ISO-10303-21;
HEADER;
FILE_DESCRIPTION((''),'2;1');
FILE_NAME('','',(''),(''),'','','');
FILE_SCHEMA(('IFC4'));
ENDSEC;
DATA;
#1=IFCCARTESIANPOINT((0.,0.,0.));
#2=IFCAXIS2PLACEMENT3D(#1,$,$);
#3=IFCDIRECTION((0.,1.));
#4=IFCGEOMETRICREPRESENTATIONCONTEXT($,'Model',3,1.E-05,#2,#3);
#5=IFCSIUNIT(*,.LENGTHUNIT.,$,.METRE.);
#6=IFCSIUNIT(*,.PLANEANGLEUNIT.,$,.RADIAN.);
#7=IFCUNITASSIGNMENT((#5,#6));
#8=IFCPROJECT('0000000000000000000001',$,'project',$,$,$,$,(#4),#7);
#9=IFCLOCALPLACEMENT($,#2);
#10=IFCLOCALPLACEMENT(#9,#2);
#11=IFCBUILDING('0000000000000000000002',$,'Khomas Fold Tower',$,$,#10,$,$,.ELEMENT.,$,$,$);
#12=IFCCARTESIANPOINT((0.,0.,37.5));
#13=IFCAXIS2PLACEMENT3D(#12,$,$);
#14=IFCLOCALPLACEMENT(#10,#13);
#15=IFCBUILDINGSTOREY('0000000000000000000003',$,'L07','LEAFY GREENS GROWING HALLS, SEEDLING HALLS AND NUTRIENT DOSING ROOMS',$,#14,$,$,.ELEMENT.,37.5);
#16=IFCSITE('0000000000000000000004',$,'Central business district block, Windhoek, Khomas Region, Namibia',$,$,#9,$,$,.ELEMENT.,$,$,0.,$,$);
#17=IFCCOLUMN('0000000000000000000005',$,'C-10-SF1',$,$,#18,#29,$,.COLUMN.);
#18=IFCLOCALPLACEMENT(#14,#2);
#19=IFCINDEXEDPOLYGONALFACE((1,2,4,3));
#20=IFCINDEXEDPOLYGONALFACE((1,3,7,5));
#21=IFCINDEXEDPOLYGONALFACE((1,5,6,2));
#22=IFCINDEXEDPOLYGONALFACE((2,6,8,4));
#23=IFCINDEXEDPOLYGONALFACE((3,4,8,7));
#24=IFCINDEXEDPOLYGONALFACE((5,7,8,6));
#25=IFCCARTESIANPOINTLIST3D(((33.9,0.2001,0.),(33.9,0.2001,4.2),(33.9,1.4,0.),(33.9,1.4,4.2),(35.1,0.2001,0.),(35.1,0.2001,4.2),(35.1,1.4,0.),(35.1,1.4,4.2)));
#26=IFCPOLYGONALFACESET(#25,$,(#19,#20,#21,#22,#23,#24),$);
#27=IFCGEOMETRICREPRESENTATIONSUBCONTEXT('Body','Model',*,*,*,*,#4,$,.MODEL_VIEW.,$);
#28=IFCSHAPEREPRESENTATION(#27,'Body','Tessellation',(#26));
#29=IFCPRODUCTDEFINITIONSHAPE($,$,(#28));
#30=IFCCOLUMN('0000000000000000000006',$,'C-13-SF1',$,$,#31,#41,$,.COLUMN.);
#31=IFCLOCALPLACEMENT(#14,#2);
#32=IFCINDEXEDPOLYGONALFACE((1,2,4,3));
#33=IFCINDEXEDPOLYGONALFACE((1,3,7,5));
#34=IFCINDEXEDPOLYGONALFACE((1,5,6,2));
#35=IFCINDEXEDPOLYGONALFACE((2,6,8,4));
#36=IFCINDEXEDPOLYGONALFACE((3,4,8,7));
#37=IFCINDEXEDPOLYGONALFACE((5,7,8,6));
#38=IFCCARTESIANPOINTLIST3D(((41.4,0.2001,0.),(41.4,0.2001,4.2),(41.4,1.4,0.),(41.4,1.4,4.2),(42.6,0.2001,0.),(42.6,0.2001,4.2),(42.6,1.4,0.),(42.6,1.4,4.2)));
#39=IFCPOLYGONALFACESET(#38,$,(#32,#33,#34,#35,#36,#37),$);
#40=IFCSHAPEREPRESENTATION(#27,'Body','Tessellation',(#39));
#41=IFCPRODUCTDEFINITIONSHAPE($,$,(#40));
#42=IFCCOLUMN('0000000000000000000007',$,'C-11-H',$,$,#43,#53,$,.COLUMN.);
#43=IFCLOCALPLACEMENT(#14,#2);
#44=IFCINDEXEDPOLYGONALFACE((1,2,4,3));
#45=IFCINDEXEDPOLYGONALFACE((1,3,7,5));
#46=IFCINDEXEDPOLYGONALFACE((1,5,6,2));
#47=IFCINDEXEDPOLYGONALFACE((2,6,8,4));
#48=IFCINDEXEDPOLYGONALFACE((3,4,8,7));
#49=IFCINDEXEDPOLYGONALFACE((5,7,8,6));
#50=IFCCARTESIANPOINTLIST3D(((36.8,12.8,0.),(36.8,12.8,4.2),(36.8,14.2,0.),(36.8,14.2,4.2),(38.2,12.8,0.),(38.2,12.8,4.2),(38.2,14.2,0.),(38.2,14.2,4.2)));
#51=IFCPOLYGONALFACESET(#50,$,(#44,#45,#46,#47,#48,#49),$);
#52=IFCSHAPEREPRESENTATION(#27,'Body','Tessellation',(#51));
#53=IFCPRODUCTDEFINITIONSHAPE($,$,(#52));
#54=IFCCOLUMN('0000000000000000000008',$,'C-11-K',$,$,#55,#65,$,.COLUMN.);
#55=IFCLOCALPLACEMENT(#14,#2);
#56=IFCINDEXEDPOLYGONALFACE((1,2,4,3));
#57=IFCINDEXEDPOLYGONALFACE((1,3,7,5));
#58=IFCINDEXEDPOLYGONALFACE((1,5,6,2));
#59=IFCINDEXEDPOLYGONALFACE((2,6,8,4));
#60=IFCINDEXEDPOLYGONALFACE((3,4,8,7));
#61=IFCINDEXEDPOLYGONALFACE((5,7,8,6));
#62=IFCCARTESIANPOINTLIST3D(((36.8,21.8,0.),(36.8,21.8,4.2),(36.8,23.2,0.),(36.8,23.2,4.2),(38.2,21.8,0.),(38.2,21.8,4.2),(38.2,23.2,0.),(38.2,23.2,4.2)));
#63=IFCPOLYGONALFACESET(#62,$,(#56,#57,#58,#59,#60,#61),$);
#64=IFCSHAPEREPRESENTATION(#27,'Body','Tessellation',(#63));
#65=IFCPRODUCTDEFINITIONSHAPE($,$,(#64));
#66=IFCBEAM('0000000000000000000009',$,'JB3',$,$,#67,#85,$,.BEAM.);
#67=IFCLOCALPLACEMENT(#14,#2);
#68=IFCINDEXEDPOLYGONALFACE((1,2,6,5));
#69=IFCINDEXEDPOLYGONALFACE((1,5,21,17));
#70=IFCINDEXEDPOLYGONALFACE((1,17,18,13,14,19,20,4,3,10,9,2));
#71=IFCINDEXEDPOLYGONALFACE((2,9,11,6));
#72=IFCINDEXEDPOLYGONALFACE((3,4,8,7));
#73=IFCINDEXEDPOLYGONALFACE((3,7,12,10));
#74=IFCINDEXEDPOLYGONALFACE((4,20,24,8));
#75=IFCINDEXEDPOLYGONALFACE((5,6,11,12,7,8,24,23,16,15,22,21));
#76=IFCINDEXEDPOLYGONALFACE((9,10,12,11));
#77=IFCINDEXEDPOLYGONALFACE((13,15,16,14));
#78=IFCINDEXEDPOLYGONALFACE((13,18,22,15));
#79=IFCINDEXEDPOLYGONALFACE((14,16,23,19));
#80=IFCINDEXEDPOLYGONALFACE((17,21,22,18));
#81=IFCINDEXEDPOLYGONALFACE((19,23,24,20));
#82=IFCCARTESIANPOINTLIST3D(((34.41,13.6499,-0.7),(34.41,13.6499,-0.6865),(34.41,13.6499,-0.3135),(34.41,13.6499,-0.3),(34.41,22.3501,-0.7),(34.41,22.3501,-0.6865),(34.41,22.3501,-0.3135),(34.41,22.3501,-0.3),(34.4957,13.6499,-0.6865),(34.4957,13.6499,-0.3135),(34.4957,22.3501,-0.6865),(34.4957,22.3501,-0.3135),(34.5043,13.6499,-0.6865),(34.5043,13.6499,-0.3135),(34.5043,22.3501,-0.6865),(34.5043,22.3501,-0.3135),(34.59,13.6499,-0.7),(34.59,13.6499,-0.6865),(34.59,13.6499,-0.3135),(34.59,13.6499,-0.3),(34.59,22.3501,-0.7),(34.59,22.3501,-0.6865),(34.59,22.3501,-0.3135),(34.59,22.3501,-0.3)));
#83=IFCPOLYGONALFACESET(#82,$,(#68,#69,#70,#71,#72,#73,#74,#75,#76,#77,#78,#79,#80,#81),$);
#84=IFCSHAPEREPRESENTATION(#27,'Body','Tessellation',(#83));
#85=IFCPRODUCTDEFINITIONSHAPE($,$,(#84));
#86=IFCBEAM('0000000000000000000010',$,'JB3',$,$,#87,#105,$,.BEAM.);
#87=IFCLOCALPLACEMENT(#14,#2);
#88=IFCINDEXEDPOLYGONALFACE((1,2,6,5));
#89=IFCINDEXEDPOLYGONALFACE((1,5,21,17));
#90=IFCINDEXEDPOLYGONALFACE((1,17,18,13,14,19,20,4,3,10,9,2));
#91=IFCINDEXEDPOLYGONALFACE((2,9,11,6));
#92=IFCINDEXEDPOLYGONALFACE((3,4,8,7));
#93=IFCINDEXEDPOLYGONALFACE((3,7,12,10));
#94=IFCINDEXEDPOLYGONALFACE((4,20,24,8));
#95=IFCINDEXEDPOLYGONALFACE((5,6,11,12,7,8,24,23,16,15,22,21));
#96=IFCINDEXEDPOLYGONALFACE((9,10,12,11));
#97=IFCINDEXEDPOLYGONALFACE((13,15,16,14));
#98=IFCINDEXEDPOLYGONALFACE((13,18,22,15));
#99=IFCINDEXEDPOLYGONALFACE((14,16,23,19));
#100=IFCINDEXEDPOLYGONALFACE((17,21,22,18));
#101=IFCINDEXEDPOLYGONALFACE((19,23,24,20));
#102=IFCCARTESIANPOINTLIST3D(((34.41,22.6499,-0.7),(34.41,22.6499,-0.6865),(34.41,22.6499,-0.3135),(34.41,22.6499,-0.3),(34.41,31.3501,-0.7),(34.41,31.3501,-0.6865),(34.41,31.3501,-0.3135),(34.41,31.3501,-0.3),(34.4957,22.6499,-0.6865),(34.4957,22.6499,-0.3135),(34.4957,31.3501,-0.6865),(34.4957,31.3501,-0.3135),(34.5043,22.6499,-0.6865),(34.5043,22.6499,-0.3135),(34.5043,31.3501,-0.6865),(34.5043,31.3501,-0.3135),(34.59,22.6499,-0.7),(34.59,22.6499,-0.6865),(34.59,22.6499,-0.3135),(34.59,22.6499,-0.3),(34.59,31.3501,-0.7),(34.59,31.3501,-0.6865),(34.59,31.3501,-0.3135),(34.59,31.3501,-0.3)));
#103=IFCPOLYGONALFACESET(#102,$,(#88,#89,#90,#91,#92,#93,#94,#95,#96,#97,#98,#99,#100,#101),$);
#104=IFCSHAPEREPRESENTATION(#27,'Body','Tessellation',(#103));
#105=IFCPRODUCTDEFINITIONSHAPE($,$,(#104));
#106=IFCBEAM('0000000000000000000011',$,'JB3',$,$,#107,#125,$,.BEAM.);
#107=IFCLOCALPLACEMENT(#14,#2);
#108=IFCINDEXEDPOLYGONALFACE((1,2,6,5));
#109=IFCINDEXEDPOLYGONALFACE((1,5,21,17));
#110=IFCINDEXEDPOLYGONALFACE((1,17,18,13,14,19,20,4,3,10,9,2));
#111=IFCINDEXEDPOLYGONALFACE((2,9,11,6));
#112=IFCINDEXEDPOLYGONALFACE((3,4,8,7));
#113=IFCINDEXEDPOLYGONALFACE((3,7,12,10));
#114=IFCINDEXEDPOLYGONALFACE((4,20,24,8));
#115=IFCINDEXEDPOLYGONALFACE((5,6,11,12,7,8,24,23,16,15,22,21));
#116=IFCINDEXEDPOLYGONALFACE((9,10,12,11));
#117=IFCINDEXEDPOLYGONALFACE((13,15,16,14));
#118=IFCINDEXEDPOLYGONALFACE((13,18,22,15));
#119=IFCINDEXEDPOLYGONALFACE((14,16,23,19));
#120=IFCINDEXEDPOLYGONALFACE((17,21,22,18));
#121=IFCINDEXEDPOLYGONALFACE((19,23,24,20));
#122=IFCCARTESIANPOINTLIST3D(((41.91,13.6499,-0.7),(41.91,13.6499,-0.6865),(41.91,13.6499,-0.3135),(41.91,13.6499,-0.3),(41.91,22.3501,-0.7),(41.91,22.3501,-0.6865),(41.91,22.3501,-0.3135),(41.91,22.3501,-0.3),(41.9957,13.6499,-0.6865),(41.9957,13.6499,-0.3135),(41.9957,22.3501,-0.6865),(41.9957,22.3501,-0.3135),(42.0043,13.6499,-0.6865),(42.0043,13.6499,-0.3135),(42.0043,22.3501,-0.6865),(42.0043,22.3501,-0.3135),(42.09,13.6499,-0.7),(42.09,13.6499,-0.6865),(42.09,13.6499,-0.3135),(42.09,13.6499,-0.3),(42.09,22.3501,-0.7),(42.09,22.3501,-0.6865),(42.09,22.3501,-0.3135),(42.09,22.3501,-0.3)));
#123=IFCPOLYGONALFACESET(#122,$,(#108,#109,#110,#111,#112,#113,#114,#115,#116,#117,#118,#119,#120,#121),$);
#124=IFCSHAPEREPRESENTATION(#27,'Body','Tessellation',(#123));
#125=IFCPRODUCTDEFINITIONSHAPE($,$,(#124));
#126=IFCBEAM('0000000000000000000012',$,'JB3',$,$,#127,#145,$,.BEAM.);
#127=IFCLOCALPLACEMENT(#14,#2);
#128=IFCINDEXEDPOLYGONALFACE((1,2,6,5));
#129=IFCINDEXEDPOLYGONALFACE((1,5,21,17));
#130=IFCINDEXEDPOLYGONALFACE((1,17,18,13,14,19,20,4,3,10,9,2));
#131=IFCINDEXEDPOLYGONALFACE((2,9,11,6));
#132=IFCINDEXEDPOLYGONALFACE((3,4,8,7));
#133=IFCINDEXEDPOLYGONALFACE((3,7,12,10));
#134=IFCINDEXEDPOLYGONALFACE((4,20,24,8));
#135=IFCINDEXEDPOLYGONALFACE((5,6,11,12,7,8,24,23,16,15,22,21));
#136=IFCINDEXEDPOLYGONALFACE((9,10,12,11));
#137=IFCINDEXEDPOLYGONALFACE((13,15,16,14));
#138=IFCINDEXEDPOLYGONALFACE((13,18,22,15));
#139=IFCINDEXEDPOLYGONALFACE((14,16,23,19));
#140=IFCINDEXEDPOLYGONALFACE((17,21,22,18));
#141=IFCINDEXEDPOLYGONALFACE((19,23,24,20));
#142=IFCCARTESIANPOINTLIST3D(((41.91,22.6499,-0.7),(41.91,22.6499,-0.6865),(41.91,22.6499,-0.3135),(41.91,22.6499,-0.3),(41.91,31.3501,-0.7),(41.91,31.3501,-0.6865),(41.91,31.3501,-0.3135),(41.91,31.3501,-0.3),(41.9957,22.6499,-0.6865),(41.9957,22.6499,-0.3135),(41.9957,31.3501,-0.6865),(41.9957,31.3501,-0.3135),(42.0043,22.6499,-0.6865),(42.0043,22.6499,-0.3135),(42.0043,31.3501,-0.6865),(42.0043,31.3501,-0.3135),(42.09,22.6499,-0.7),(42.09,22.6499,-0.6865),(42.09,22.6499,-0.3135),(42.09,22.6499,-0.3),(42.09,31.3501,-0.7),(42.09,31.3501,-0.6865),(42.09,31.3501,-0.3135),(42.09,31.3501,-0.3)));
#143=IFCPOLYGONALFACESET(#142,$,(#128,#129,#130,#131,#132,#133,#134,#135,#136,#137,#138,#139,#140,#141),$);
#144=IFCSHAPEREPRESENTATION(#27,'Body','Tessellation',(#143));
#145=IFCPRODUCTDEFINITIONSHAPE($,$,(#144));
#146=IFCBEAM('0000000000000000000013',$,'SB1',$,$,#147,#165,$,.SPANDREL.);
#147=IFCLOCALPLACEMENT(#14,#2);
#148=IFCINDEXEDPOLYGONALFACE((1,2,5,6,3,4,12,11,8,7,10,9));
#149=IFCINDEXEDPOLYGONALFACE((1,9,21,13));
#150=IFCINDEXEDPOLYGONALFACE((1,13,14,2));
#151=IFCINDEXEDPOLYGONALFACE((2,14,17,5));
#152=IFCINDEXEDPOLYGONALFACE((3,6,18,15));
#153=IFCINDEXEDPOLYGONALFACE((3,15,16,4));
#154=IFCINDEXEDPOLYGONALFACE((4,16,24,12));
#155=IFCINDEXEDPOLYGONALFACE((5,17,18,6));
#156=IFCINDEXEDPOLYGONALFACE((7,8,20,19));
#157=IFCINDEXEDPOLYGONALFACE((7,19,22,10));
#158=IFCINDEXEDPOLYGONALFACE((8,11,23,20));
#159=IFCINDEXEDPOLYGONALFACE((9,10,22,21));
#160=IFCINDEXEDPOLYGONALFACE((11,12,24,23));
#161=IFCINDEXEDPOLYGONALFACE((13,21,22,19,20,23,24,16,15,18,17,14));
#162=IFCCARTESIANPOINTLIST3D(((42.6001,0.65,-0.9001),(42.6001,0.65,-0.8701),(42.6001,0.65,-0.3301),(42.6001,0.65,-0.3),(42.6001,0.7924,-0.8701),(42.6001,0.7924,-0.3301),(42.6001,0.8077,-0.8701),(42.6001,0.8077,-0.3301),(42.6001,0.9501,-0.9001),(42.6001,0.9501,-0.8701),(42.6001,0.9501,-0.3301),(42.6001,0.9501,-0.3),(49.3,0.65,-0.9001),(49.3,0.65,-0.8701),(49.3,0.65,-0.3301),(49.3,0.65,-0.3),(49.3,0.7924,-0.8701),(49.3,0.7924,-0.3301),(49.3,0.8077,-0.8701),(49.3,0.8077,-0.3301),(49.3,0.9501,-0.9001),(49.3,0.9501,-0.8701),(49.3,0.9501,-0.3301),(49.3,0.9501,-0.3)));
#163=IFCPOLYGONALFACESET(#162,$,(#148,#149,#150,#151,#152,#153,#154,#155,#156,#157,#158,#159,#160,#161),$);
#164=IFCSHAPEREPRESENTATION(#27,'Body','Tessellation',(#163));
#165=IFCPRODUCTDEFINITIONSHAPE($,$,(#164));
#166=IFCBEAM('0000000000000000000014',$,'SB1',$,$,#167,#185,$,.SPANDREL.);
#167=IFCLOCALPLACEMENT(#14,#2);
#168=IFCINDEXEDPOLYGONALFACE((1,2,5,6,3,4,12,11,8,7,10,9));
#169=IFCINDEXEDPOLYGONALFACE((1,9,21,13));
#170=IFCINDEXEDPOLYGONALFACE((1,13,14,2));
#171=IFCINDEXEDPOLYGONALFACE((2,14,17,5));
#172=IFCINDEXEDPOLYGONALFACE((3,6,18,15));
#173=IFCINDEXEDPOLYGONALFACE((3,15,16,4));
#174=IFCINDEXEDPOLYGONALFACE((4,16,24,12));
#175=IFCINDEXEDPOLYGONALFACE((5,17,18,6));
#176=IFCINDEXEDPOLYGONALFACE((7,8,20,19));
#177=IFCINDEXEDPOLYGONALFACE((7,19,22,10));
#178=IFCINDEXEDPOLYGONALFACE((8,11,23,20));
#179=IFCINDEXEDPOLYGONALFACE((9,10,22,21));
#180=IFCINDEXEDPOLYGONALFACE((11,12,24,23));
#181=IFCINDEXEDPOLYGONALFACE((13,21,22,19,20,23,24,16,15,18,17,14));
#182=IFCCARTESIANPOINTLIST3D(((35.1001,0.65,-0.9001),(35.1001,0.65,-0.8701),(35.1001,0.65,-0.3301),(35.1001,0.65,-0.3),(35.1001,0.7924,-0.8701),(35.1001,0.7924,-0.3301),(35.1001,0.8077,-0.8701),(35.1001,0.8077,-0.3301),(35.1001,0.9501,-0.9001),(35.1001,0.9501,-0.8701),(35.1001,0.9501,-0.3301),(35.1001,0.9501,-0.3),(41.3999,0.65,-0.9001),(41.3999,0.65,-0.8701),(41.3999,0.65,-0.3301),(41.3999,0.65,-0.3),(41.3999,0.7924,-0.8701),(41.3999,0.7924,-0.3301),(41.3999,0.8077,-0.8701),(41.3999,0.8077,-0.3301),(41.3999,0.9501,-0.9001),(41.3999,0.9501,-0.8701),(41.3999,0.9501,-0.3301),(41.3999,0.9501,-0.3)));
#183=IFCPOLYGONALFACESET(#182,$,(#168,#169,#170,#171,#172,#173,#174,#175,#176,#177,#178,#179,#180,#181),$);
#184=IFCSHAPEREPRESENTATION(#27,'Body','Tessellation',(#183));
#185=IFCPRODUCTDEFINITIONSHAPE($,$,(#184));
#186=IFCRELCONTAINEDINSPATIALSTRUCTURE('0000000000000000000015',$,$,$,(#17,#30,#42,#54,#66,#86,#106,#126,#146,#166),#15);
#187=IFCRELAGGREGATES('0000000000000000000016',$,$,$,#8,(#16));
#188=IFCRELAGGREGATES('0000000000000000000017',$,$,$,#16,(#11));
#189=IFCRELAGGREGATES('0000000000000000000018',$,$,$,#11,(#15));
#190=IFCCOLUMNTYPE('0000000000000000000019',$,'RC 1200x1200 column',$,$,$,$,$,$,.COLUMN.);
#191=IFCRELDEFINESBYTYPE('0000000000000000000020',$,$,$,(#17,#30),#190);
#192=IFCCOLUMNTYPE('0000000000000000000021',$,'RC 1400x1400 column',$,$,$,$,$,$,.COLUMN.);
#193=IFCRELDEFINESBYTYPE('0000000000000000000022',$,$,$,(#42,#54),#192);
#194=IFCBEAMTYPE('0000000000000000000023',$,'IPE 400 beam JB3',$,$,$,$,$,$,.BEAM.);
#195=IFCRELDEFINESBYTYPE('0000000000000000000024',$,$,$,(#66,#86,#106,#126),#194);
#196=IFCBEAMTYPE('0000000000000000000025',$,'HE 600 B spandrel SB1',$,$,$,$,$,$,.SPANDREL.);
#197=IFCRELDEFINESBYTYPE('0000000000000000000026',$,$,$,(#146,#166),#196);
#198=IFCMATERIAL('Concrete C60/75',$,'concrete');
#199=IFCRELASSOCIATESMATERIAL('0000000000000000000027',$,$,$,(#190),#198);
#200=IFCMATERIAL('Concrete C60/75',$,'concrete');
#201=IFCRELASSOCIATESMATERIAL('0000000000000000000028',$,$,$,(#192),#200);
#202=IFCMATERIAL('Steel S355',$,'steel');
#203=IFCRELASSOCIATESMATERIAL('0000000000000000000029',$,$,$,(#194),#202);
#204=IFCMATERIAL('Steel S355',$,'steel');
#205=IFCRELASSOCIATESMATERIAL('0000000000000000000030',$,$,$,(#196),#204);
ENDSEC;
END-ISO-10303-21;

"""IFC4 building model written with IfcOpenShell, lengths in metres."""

from ifc_helpers import new_model, si_unit, direction, frame, origin, origin_2d, place, context, subcontext, project, spatial, rectangle, i_section, extrude, source, transform, mapped, material, material_profile, profile_set, type_object, element, save


model = new_model("IFC4")

# Units and contexts
model_context = context("Model", 3, precision=1e-05, world=origin(), true_north=direction((0.0, 1.0)))
body_context = subcontext(model_context, "Body", "Model", "MODEL_VIEW")
ifc_project = project(units=[si_unit("LENGTHUNIT", "METRE"), si_unit("PLANEANGLEUNIT", "RADIAN")], contexts=[model_context])

# Site, building, storey
site_placement = place(None, origin())
site = spatial("IfcSite", under=ifc_project, at=site_placement, Name="Central business district block, Windhoek, Khomas Region, Namibia", CompositionType="ELEMENT", RefElevation=0.0)
building_placement = place(site_placement, origin())
building = spatial("IfcBuilding", under=site, at=building_placement, Name="Khomas Fold Tower", CompositionType="ELEMENT")
storey_placement = place(building_placement, frame((0.0, 0.0, 37.5)))
storey = spatial("IfcBuildingStorey", under=building, at=storey_placement, Name="L07", Description="LEAFY GREENS GROWING HALLS, SEEDLING HALLS AND NUTRIENT DOSING ROOMS", CompositionType="ELEMENT", Elevation=37.5)

# Columns
ifc_material_1 = material(Name="Concrete C60/75", Category="concrete")
ifc_material_profile_1 = material_profile(ifc_material_1, rectangle(XDim=1.2, YDim=1.2, at=origin_2d()), Name="RC 1200x1200")
ifc_profile_set_1 = profile_set([ifc_material_profile_1], Name="Concrete C60/75")
column_type_1 = type_object("IfcColumnType", Name="RC 1200x1200 column", PredefinedType="COLUMN", material=ifc_profile_set_1)
shared_shape_1 = source(origin(), body_context, "Body", "SweptSolid", [
    extrude(rectangle(XDim=1.2, YDim=1.2, at=origin_2d()), origin(), (0.0, 0.0, 1.0), 4.2),
])
for number, where, z_axis, x_axis, name in (
    (1, (34.5, 0.8, 0.0), (0.0, 0.0, 1.0), (1.0, 0.0, 0.0), "C-10-SF1"),
    (2, (42.0, 0.8, 0.0), (0.0, 0.0, 1.0), (1.0, 0.0, 0.0), "C-13-SF1"),
):
    element("IfcColumn", number, at=place(storey_placement, frame(where, z_axis=z_axis, x_axis=x_axis)), inside=storey, type_object=column_type_1, Name=name, PredefinedType="COLUMN", context=body_context, shape_type="MappedRepresentation", body=[
        mapped(shared_shape_1, transform((0.0, 0.0, 0.0))),
    ])
ifc_material_2 = material(Name="Concrete C60/75", Category="concrete")
ifc_material_profile_2 = material_profile(ifc_material_2, rectangle(XDim=1.3999, YDim=1.3999, at=origin_2d()), Name="RC 1400x1400")
ifc_profile_set_2 = profile_set([ifc_material_profile_2], Name="Concrete C60/75")
column_type_2 = type_object("IfcColumnType", Name="RC 1400x1400 column", PredefinedType="COLUMN", material=ifc_profile_set_2)
shared_shape_2 = source(origin(), body_context, "Body", "SweptSolid", [
    extrude(rectangle(XDim=1.3999, YDim=1.3999, at=origin_2d()), origin(), (0.0, 0.0, 1.0), 4.2),
])
for number, where, z_axis, x_axis, name in (
    (3, (37.5, 13.5, 0.0), (0.0, 0.0, 1.0), (1.0, 0.0, 0.0), "C-11-H"),
    (4, (37.5, 22.5, 0.0), (0.0, 0.0, 1.0), (1.0, 0.0, 0.0), "C-11-K"),
):
    element("IfcColumn", number, at=place(storey_placement, frame(where, z_axis=z_axis, x_axis=x_axis)), inside=storey, type_object=column_type_2, Name=name, PredefinedType="COLUMN", context=body_context, shape_type="MappedRepresentation", body=[
        mapped(shared_shape_2, transform((0.0, 0.0, 0.0))),
    ])

# Beams
ifc_material_3 = material(Name="Steel S355", Category="steel")
ifc_material_profile_3 = material_profile(ifc_material_3, i_section(OverallWidth=0.1799, OverallDepth=0.3999, WebThickness=0.0085, FlangeThickness=0.0134, at=origin_2d()), Name="IPE 400")
ifc_profile_set_3 = profile_set([ifc_material_profile_3], Name="Steel S355")
beam_type_1 = type_object("IfcBeamType", Name="IPE 400 beam JB3", PredefinedType="BEAM", material=ifc_profile_set_3)
shared_shape_3 = source(origin(), body_context, "Body", "SweptSolid", [
    extrude(i_section(OverallWidth=0.1799, OverallDepth=0.3999, WebThickness=0.0085, FlangeThickness=0.0134, at=origin_2d()), origin(), (0.0, 0.0, 1.0), 8.7002),
])
for number, where, z_axis, x_axis, name in (
    (5, (34.5, 13.6499, -0.5), (0.0, 1.0, 0.0), (-1.0, 0.0, 0.0), "JB3"),
    (6, (34.5, 22.6499, -0.5), (0.0, 1.0, 0.0), (-1.0, 0.0, 0.0), "JB3"),
    (7, (42.0, 13.6499, -0.5), (0.0, 1.0, 0.0), (-1.0, 0.0, 0.0), "JB3"),
    (8, (42.0, 22.6499, -0.5), (0.0, 1.0, 0.0), (-1.0, 0.0, 0.0), "JB3"),
):
    element("IfcBeam", number, at=place(storey_placement, frame(where, z_axis=z_axis, x_axis=x_axis)), inside=storey, type_object=beam_type_1, Name=name, PredefinedType="BEAM", context=body_context, shape_type="MappedRepresentation", body=[
        mapped(shared_shape_3, transform((0.0, 0.0, 0.0))),
    ])
ifc_material_4 = material(Name="Steel S355", Category="steel")
ifc_material_profile_4 = material_profile(ifc_material_4, i_section(OverallWidth=0.3, OverallDepth=0.6001, WebThickness=0.0154, FlangeThickness=0.03, at=origin_2d()), Name="HE 600 B")
ifc_profile_set_4 = profile_set([ifc_material_profile_4], Name="Steel S355")
beam_type_2 = type_object("IfcBeamType", Name="HE 600 B spandrel SB1", PredefinedType="SPANDREL", material=ifc_profile_set_4)
shared_shape_4 = source(origin(), body_context, "Body", "SweptSolid", [
    extrude(i_section(OverallWidth=0.3, OverallDepth=0.6001, WebThickness=0.0154, FlangeThickness=0.03, at=origin_2d()), origin(), (0.0, 0.0, 1.0), 6.7),
])
beam_1_placement = place(storey_placement, frame((42.6001, 0.8, -0.6001), z_axis=(1.0, 0.0, 0.0), x_axis=(0.0, 1.0, 0.0)))
element("IfcBeam", 9, at=beam_1_placement, inside=storey, type_object=beam_type_2, Name="SB1", PredefinedType="SPANDREL", context=body_context, shape_type="MappedRepresentation", body=[
    mapped(shared_shape_4, transform((0.0, 0.0, 0.0))),
])
shared_shape_5 = source(origin(), body_context, "Body", "SweptSolid", [
    extrude(i_section(OverallWidth=0.3, OverallDepth=0.6001, WebThickness=0.0154, FlangeThickness=0.03, at=origin_2d()), origin(), (0.0, 0.0, 1.0), 6.2998),
])
beam_2_placement = place(storey_placement, frame((35.1001, 0.8, -0.6001), z_axis=(1.0, 0.0, 0.0), x_axis=(0.0, 1.0, 0.0)))
element("IfcBeam", 10, at=beam_2_placement, inside=storey, type_object=beam_type_2, Name="SB1", PredefinedType="SPANDREL", context=body_context, shape_type="MappedRepresentation", body=[
    mapped(shared_shape_5, transform((0.0, 0.0, 0.0))),
])

save(model, "model.ifc")
